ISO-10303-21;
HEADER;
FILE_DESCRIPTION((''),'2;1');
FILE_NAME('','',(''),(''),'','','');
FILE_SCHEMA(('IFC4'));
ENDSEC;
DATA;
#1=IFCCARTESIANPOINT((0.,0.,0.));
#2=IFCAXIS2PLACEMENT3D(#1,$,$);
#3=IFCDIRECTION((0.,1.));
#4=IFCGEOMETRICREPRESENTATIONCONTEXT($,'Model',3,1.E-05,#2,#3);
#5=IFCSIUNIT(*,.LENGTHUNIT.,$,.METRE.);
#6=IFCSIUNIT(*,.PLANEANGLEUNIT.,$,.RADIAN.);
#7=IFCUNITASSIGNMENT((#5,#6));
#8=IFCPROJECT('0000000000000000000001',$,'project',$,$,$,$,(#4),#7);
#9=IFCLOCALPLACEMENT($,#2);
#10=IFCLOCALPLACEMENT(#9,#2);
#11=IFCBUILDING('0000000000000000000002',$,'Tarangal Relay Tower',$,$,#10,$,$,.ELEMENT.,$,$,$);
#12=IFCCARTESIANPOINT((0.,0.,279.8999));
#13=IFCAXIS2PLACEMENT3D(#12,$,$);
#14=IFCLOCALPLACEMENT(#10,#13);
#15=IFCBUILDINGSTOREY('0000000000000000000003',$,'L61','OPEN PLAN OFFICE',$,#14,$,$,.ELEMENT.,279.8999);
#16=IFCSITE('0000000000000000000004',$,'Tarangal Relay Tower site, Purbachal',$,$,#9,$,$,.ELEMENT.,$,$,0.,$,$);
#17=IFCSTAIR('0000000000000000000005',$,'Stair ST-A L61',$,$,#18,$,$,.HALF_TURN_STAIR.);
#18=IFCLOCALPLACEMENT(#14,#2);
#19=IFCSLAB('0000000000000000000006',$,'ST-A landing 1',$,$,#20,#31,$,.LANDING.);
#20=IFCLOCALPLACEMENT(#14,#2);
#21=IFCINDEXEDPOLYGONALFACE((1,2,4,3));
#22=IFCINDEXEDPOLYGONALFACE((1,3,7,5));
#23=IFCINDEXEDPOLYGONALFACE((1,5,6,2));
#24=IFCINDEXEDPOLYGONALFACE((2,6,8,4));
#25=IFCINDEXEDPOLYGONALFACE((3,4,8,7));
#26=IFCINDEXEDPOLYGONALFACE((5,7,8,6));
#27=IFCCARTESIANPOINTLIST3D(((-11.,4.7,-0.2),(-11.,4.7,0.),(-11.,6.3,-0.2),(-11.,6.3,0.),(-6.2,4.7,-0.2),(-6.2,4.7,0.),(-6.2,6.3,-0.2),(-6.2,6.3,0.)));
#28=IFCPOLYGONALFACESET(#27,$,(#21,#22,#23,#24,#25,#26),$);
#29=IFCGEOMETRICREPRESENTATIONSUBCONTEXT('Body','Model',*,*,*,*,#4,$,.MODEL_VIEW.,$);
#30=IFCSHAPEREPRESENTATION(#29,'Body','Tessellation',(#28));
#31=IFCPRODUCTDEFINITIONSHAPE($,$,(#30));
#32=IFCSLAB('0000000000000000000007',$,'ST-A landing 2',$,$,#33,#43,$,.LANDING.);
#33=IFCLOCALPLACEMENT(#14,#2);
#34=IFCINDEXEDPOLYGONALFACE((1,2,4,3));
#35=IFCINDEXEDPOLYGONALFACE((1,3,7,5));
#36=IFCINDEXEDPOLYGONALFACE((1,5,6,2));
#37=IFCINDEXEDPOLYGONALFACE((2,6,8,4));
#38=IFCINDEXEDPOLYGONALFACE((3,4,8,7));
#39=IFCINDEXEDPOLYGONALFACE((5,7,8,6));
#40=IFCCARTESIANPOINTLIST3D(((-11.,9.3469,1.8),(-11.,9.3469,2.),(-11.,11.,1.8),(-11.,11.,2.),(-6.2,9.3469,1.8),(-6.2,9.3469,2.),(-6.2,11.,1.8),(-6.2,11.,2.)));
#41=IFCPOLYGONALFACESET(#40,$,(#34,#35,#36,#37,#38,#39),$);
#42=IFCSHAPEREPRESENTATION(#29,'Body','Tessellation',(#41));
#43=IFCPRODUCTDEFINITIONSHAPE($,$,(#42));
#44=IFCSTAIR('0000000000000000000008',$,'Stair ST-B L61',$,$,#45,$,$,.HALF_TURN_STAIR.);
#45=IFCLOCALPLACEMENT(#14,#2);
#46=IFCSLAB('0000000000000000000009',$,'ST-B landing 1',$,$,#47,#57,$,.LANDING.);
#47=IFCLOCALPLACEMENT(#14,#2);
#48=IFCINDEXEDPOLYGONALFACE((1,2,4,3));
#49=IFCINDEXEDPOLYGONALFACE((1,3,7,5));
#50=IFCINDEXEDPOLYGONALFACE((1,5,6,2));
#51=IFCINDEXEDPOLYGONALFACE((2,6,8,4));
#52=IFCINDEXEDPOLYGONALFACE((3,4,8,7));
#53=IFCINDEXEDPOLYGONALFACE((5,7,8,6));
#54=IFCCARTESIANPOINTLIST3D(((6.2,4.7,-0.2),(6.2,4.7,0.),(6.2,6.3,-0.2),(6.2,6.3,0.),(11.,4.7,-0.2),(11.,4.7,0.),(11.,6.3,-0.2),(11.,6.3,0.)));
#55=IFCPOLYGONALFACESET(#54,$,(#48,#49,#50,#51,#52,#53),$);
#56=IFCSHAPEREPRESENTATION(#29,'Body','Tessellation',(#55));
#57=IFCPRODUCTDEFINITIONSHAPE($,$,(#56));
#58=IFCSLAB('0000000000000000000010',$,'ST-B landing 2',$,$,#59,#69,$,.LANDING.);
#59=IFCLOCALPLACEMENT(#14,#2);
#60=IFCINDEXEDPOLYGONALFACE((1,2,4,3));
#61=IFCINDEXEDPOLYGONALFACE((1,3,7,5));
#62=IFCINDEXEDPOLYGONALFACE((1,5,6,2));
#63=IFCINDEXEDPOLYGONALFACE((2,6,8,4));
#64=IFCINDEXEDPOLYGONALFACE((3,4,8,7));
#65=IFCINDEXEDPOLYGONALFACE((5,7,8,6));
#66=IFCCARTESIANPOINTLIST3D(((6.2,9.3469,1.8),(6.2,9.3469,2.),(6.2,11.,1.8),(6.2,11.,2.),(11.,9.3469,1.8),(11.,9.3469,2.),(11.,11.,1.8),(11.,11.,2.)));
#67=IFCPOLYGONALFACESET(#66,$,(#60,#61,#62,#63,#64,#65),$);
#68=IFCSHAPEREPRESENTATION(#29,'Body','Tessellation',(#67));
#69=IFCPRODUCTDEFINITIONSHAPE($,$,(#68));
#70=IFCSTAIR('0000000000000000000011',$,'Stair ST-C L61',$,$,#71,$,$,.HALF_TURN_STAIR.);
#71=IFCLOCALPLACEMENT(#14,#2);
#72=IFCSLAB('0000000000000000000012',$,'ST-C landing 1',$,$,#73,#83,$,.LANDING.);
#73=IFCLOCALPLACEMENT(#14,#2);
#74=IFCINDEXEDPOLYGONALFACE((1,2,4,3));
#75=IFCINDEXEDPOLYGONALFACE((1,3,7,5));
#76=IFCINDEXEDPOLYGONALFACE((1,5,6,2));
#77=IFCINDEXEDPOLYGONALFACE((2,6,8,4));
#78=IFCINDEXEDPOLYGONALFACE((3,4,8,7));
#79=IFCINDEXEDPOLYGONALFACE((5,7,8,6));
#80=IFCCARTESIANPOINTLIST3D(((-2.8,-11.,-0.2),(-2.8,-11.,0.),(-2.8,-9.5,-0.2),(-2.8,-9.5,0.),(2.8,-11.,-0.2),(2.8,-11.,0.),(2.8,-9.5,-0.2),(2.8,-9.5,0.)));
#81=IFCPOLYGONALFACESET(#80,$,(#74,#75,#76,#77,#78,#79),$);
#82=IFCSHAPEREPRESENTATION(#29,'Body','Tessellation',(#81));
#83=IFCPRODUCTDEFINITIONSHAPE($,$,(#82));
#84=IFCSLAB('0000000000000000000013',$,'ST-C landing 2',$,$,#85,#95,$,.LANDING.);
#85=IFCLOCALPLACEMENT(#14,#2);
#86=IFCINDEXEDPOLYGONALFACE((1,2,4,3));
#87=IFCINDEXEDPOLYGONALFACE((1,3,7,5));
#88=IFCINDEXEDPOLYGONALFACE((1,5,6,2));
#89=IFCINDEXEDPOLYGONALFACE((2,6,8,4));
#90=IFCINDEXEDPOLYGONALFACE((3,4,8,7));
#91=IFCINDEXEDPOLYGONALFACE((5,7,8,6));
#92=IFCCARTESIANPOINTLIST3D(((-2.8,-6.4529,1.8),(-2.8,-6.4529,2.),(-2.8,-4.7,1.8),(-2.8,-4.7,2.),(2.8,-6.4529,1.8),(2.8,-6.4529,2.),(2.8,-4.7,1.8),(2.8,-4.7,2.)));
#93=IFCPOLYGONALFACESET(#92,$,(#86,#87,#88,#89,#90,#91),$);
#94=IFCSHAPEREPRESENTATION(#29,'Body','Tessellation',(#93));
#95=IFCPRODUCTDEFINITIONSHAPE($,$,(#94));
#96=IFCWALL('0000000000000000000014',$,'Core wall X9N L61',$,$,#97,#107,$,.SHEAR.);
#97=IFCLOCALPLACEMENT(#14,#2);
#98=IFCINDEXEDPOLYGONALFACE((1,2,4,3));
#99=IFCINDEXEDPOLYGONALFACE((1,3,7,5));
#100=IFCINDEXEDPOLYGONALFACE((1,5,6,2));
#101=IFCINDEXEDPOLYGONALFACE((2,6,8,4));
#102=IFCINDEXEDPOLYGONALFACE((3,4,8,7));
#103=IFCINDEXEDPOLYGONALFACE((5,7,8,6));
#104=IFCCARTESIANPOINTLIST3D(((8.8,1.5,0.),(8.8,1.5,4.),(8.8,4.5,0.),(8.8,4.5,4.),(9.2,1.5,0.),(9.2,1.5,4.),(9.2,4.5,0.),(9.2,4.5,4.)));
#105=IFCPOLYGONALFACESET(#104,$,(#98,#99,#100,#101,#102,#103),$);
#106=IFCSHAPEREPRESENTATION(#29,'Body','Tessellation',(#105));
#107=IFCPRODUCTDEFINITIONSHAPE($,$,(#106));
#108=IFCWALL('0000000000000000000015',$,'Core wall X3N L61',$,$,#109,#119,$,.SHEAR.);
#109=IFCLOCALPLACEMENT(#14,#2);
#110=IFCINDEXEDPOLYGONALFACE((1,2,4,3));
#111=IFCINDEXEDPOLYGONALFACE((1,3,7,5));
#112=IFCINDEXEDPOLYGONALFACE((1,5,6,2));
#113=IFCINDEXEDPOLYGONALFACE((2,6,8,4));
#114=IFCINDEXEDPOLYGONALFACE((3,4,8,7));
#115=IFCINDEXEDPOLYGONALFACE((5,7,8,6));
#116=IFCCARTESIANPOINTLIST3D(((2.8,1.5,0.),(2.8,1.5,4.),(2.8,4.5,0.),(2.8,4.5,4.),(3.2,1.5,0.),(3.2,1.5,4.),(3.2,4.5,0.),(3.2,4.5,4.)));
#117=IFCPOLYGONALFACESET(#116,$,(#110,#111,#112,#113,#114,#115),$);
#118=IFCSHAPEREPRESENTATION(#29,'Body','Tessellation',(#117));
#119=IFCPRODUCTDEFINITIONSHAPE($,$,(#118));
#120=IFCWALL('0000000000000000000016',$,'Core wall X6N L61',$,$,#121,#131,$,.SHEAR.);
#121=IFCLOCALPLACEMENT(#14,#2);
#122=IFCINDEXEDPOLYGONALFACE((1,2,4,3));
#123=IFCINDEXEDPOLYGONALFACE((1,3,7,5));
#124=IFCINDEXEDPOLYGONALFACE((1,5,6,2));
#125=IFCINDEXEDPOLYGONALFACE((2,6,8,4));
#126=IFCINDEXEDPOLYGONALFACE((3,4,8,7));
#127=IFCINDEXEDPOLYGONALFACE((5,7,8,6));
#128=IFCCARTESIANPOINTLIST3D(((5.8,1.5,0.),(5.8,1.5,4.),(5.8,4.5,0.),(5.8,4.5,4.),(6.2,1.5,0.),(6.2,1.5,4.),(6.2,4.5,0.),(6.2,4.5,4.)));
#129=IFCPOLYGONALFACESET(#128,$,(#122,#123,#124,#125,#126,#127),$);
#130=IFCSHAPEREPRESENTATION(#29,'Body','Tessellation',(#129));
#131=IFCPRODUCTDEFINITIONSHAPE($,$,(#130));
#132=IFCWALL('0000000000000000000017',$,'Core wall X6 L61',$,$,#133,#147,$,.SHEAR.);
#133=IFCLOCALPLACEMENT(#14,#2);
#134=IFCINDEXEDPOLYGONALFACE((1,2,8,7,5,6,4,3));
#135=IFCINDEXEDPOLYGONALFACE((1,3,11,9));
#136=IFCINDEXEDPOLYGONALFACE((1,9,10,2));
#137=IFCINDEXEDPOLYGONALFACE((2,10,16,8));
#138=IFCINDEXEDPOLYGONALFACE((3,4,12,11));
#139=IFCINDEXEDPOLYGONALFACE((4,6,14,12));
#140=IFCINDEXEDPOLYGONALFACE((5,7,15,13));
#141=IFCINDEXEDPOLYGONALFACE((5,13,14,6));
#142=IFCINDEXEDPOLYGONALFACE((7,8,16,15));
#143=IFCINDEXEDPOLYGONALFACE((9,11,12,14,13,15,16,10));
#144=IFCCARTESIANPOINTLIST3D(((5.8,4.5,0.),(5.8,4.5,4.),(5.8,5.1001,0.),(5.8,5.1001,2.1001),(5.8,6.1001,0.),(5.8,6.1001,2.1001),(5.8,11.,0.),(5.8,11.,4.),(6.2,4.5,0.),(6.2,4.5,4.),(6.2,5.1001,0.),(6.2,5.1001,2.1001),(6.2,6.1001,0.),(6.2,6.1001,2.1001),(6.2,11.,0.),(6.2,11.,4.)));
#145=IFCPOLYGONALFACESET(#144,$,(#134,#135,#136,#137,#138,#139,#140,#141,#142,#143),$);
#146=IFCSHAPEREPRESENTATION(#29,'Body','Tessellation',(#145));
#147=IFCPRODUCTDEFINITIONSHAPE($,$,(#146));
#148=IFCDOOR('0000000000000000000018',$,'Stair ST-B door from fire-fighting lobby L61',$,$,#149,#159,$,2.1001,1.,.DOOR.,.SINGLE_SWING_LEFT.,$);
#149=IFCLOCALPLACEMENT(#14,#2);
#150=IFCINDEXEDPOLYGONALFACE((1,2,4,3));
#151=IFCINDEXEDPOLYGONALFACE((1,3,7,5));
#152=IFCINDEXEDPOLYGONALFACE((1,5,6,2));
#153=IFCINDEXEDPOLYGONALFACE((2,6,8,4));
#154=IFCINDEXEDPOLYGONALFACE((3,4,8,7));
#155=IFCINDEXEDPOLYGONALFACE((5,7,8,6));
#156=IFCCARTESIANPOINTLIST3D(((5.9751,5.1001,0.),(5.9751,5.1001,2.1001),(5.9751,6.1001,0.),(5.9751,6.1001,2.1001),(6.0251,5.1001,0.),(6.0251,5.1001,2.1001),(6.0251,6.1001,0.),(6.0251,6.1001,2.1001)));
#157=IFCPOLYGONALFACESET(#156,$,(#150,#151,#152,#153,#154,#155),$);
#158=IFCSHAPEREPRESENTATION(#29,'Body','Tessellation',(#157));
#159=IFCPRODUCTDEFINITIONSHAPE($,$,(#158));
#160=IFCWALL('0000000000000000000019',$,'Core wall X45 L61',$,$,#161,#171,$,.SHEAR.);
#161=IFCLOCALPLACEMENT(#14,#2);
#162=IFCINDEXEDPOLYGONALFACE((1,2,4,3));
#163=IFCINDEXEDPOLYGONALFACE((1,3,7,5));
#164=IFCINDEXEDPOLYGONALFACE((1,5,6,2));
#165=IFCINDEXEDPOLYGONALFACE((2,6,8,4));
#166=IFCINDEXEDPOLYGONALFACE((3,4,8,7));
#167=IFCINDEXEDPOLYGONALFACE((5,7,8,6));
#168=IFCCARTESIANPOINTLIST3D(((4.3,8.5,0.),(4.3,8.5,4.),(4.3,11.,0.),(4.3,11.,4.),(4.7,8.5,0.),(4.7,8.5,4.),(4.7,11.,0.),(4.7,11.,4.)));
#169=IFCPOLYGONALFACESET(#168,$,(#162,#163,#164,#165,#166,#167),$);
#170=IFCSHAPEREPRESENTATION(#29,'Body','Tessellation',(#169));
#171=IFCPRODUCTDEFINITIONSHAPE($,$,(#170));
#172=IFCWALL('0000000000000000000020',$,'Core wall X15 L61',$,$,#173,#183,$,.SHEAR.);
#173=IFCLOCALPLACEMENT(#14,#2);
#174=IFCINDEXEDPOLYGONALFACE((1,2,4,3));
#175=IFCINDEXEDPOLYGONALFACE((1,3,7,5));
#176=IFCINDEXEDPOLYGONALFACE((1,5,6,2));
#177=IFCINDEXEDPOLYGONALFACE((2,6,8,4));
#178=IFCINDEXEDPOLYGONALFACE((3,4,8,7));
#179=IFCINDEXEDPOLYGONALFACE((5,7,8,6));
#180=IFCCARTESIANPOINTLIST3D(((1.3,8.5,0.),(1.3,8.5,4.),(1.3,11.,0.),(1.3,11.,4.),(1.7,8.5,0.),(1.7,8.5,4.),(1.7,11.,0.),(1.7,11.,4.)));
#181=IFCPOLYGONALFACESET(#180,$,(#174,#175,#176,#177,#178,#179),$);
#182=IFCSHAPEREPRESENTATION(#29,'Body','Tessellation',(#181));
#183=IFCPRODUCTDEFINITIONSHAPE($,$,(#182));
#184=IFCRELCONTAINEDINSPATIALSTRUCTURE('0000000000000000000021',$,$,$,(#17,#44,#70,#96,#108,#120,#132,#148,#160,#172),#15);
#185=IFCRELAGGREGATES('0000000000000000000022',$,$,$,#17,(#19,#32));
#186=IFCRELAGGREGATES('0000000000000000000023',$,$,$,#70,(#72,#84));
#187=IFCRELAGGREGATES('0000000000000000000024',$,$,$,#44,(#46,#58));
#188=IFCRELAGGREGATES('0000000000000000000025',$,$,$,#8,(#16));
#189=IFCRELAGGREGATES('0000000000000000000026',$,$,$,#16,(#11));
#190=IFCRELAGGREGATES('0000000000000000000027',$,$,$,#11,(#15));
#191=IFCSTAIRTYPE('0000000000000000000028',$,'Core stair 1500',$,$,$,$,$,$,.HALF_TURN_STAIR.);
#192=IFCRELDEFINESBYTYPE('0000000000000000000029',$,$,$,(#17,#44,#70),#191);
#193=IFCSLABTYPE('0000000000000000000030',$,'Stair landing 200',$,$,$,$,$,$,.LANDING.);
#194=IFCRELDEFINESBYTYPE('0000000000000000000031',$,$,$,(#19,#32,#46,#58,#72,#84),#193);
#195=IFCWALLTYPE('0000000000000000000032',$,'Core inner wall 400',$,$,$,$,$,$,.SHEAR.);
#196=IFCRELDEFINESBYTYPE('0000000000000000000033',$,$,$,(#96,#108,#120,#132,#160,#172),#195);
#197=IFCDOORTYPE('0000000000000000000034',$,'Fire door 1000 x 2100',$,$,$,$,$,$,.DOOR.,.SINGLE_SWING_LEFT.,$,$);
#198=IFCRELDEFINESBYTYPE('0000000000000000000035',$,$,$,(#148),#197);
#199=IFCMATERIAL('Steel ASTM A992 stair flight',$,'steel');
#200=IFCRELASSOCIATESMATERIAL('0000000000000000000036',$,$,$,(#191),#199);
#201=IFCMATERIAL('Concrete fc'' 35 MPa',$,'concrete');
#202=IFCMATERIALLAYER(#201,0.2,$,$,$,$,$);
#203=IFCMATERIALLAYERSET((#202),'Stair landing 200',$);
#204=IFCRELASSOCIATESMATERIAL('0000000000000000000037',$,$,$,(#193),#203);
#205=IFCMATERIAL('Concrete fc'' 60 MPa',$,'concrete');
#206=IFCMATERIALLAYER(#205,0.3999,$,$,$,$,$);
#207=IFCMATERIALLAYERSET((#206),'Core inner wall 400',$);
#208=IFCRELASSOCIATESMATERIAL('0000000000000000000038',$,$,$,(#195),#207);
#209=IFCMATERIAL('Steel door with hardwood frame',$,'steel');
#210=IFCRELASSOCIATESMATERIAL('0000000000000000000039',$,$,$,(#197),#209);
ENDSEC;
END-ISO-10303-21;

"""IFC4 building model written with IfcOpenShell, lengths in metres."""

from ifc_helpers import new_model, si_unit, direction, frame, frame_2d, origin, place, context, subcontext, project, spatial, polyline, rectangle, outline, extrude, material, layer, layer_set, type_object, element, fill, aggregate, save


model = new_model("IFC4")

# Units and contexts
model_context = context("Model", 3, precision=1e-05, world=origin(), true_north=direction((0.0, 1.0)))
body_context = subcontext(model_context, "Body", "Model", "MODEL_VIEW")
ifc_project = project(units=[si_unit("LENGTHUNIT", "METRE"), si_unit("PLANEANGLEUNIT", "RADIAN")], contexts=[model_context])

# Site, building, storey
site_placement = place(None, origin())
site = spatial("IfcSite", under=ifc_project, at=site_placement, Name="Tarangal Relay Tower site, Purbachal", CompositionType="ELEMENT", RefElevation=0.0)
building_placement = place(site_placement, origin())
building = spatial("IfcBuilding", under=site, at=building_placement, Name="Tarangal Relay Tower", CompositionType="ELEMENT")
storey_placement = place(building_placement, frame((0.0, 0.0, 279.8999)))
storey = spatial("IfcBuildingStorey", under=building, at=storey_placement, Name="L61", Description="OPEN PLAN OFFICE", CompositionType="ELEMENT", Elevation=279.8999)

# Stairs, slabs
ifc_material_1 = material(Name="Steel ASTM A992 stair flight", Category="steel")
stair_type = type_object("IfcStairType", Name="Core stair 1500", PredefinedType="HALF_TURN_STAIR", material=ifc_material_1)
stair_1_placement = place(storey_placement, origin())
stair_1 = element("IfcStair", 1, at=stair_1_placement, inside=storey, type_object=stair_type, Name="Stair ST-A L61", PredefinedType="HALF_TURN_STAIR")
ifc_material_2 = material(Name="Concrete fc' 35 MPa", Category="concrete")
ifc_layer_1 = layer(ifc_material_2, 0.2)
ifc_layer_set_1 = layer_set([ifc_layer_1], Name="Stair landing 200")
slab_type = type_object("IfcSlabType", Name="Stair landing 200", PredefinedType="LANDING", material=ifc_layer_set_1)
slab_1_placement = place(storey_placement, frame((0.0, 0.0, -0.2)))
slab_1 = element("IfcSlab", 2, at=slab_1_placement, type_object=slab_type, Name="ST-A landing 1", PredefinedType="LANDING", context=body_context, shape_type="SweptSolid", body=[
    extrude(outline(polyline([(-11.0, 4.7), (-6.2, 4.7), (-6.2, 6.3), (-11.0, 6.3), (-11.0, 4.7)])), origin(), (0.0, 0.0, 1.0), 0.2),
])
slab_2_placement = place(storey_placement, frame((0.0, 0.0, 1.8)))
slab_2 = element("IfcSlab", 3, at=slab_2_placement, type_object=slab_type, Name="ST-A landing 2", PredefinedType="LANDING", context=body_context, shape_type="SweptSolid", body=[
    extrude(outline(polyline([(-11.0, 9.3469), (-6.2, 9.3469), (-6.2, 11.0), (-11.0, 11.0), (-11.0, 9.3469)])), origin(), (0.0, 0.0, 1.0), 0.2),
])
aggregate(stair_1, [slab_1, slab_2])
stair_2_placement = place(storey_placement, origin())
stair_2 = element("IfcStair", 4, at=stair_2_placement, inside=storey, type_object=stair_type, Name="Stair ST-B L61", PredefinedType="HALF_TURN_STAIR")
slab_3_placement = place(storey_placement, frame((0.0, 0.0, -0.2)))
slab_3 = element("IfcSlab", 5, at=slab_3_placement, type_object=slab_type, Name="ST-B landing 1", PredefinedType="LANDING", context=body_context, shape_type="SweptSolid", body=[
    extrude(outline(polyline([(6.2, 4.7), (11.0, 4.7), (11.0, 6.3), (6.2, 6.3), (6.2, 4.7)])), origin(), (0.0, 0.0, 1.0), 0.2),
])
slab_4_placement = place(storey_placement, frame((0.0, 0.0, 1.8)))
slab_4 = element("IfcSlab", 6, at=slab_4_placement, type_object=slab_type, Name="ST-B landing 2", PredefinedType="LANDING", context=body_context, shape_type="SweptSolid", body=[
    extrude(outline(polyline([(6.2, 9.3469), (11.0, 9.3469), (11.0, 11.0), (6.2, 11.0), (6.2, 9.3469)])), origin(), (0.0, 0.0, 1.0), 0.2),
])
stair_3_placement = place(storey_placement, origin())
stair_3 = element("IfcStair", 7, at=stair_3_placement, inside=storey, type_object=stair_type, Name="Stair ST-C L61", PredefinedType="HALF_TURN_STAIR")
slab_5_placement = place(storey_placement, frame((0.0, 0.0, -0.2)))
slab_5 = element("IfcSlab", 8, at=slab_5_placement, type_object=slab_type, Name="ST-C landing 1", PredefinedType="LANDING", context=body_context, shape_type="SweptSolid", body=[
    extrude(outline(polyline([(-2.8, -11.0), (2.8, -11.0), (2.8, -9.5), (-2.8, -9.5), (-2.8, -11.0)])), origin(), (0.0, 0.0, 1.0), 0.2),
])
slab_6_placement = place(storey_placement, frame((0.0, 0.0, 1.8)))
slab_6 = element("IfcSlab", 9, at=slab_6_placement, type_object=slab_type, Name="ST-C landing 2", PredefinedType="LANDING", context=body_context, shape_type="SweptSolid", body=[
    extrude(outline(polyline([(-2.8, -6.4529), (2.8, -6.4529), (2.8, -4.7), (-2.8, -4.7), (-2.8, -6.4529)])), origin(), (0.0, 0.0, 1.0), 0.2),
])
aggregate(stair_3, [slab_5, slab_6])

# Walls
ifc_material_3 = material(Name="Concrete fc' 60 MPa", Category="concrete")
ifc_layer_2 = layer(ifc_material_3, 0.3999)
ifc_layer_set_2 = layer_set([ifc_layer_2], Name="Core inner wall 400")
wall_type = type_object("IfcWallType", Name="Core inner wall 400", PredefinedType="SHEAR", material=ifc_layer_set_2)
for number, where, z_axis, x_axis, name in (
    (10, (9.0, 1.5, 0.0), (0.0, 0.0, 1.0), (0.0, 1.0, 0.0), "Core wall X9N L61"),
    (11, (3.0, 1.5, 0.0), (0.0, 0.0, 1.0), (0.0, 1.0, 0.0), "Core wall X3N L61"),
    (12, (6.0, 1.5, 0.0), (0.0, 0.0, 1.0), (0.0, 1.0, 0.0), "Core wall X6N L61"),
):
    element("IfcWall", number, at=place(storey_placement, frame(where, z_axis=z_axis, x_axis=x_axis)), inside=storey, type_object=wall_type, Name=name, PredefinedType="SHEAR", context=body_context, shape_type="SweptSolid", body=[
        extrude(rectangle(XDim=3.0, YDim=0.3999, at=frame_2d((1.5, 0.0))), origin(), (0.0, 0.0, 1.0), 4.0),
    ])

# Wall, opening, door
wall_placement = place(storey_placement, frame((6.0, 4.5, 0.0), z_axis=(0.0, 0.0, 1.0), x_axis=(0.0, 1.0, 0.0)))
wall = element("IfcWall", 13, at=wall_placement, inside=storey, type_object=wall_type, Name="Core wall X6 L61", PredefinedType="SHEAR", context=body_context, shape_type="SweptSolid", body=[
    extrude(rectangle(XDim=6.5, YDim=0.3999, at=frame_2d((3.25, 0.0))), origin(), (0.0, 0.0, 1.0), 4.0),
])
opening_placement = place(wall_placement, frame((0.6001, 0.0, 0.0)))
opening = element("IfcOpeningElement", 14, at=opening_placement, cuts=wall, PredefinedType="OPENING", context=body_context, shape_type="SweptSolid", body=[
    extrude(rectangle(XDim=1.0, YDim=2.1001, at=frame_2d((0.5, 1.05))), frame((0.0, 0.21, 0.0), z_axis=(0.0, -1.0, 0.0), x_axis=(1.0, 0.0, 0.0)), (0.0, 0.0, 1.0), 0.4199),
])
ifc_material_4 = material(Name="Steel door with hardwood frame", Category="steel")
door_type = type_object("IfcDoorType", Name="Fire door 1000 x 2100", OperationType="SINGLE_SWING_LEFT", PredefinedType="DOOR", material=ifc_material_4)
door_placement = place(opening_placement, origin())
door = element("IfcDoor", 15, at=door_placement, inside=storey, type_object=door_type, Name="Stair ST-B door from fire-fighting lobby L61", OperationType="SINGLE_SWING_LEFT", OverallHeight=2.1001, OverallWidth=1.0, PredefinedType="DOOR", context=body_context, shape_type="SweptSolid", body=[
    extrude(rectangle(XDim=1.0, YDim=2.1001, at=frame_2d((0.5, 1.05))), frame((0.0, 0.0249, 0.0), z_axis=(0.0, -1.0, 0.0), x_axis=(1.0, 0.0, 0.0)), (0.0, 0.0, 1.0), 0.05),
])
fill(opening, door)

# Walls
for number, where, z_axis, x_axis, name in (
    (16, (4.5, 8.5, 0.0), (0.0, 0.0, 1.0), (0.0, 1.0, 0.0), "Core wall X45 L61"),
    (17, (1.5, 8.5, 0.0), (0.0, 0.0, 1.0), (0.0, 1.0, 0.0), "Core wall X15 L61"),
):
    element("IfcWall", number, at=place(storey_placement, frame(where, z_axis=z_axis, x_axis=x_axis)), inside=storey, type_object=wall_type, Name=name, PredefinedType="SHEAR", context=body_context, shape_type="SweptSolid", body=[
        extrude(rectangle(XDim=2.5, YDim=0.3999, at=frame_2d((1.25, 0.0))), origin(), (0.0, 0.0, 1.0), 4.0),
    ])

aggregate(stair_2, [slab_3, slab_4])

save(model, "model.ifc")
